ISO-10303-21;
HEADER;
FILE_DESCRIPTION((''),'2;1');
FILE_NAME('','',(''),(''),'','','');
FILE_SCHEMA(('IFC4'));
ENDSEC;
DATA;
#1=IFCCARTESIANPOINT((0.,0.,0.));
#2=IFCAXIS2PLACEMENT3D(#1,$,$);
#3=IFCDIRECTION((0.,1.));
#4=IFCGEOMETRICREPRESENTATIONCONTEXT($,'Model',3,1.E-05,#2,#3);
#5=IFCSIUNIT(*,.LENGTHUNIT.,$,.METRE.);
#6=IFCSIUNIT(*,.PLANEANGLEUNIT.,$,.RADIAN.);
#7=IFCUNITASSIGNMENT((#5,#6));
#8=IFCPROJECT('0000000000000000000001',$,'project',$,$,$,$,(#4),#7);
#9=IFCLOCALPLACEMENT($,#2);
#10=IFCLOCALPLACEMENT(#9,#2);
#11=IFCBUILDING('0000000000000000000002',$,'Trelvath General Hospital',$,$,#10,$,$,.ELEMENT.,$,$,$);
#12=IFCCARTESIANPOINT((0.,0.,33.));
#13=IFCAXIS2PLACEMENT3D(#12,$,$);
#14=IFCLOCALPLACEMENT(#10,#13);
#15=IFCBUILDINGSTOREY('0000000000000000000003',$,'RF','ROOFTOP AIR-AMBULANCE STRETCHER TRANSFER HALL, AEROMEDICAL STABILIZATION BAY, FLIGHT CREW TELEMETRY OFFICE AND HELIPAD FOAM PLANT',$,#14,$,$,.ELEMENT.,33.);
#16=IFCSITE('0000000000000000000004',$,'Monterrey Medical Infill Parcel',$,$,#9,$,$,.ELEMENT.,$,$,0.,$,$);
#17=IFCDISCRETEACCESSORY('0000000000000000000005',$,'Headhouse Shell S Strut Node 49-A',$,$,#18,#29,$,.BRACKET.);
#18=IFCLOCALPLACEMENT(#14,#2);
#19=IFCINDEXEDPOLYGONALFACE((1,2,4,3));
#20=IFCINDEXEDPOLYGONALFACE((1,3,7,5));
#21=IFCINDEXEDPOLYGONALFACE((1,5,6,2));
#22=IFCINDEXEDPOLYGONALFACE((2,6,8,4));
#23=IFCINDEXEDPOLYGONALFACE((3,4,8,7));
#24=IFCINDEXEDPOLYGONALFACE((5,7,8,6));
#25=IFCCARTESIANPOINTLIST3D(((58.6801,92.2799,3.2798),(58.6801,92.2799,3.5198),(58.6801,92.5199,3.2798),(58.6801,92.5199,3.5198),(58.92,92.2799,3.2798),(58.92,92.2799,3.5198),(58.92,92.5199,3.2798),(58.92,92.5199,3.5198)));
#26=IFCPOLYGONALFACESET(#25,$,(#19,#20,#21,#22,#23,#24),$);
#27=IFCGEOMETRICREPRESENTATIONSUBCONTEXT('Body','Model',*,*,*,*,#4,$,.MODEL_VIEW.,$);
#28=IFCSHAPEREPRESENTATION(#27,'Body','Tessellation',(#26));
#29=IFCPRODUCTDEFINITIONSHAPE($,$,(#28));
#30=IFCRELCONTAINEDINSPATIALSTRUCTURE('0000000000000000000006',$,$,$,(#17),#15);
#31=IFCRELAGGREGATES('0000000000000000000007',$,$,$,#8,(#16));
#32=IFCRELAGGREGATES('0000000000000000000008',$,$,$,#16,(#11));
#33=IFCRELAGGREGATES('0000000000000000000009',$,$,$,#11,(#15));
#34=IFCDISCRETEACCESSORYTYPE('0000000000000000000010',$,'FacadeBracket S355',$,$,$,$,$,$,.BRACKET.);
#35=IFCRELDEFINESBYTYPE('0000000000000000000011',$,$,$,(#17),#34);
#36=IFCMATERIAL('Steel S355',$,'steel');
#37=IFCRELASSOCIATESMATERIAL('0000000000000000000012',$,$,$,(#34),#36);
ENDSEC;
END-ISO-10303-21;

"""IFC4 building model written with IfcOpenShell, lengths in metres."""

from ifc_helpers import new_model, si_unit, direction, frame, origin, origin_2d, place, context, subcontext, project, spatial, rectangle, extrude, material, type_object, element, save


model = new_model("IFC4")

# Units and contexts
model_context = context("Model", 3, precision=1e-05, world=origin(), true_north=direction((0.0, 1.0)))
body_context = subcontext(model_context, "Body", "Model", "MODEL_VIEW")
ifc_project = project(units=[si_unit("LENGTHUNIT", "METRE"), si_unit("PLANEANGLEUNIT", "RADIAN")], contexts=[model_context])

# Site, building, storey
site_placement = place(None, origin())
site = spatial("IfcSite", under=ifc_project, at=site_placement, Name="Monterrey Medical Infill Parcel", CompositionType="ELEMENT", RefElevation=0.0)
building_placement = place(site_placement, origin())
building = spatial("IfcBuilding", under=site, at=building_placement, Name="Trelvath General Hospital", CompositionType="ELEMENT")
storey_placement = place(building_placement, frame((0.0, 0.0, 33.0)))
storey = spatial("IfcBuildingStorey", under=building, at=storey_placement, Name="RF", Description="ROOFTOP AIR-AMBULANCE STRETCHER TRANSFER HALL, AEROMEDICAL STABILIZATION BAY, FLIGHT CREW TELEMETRY OFFICE AND HELIPAD FOAM PLANT", CompositionType="ELEMENT", Elevation=33.0)

# Discrete accessory
ifc_material_1 = material(Name="Steel S355", Category="steel")
discrete_accessory_type = type_object("IfcDiscreteAccessoryType", Name="FacadeBracket S355", PredefinedType="BRACKET", material=ifc_material_1)
for number, where, z_axis, x_axis, name in (
    (1, (58.8, 92.3999, 3.2798), (0.0, 0.0, 1.0), (1.0, 0.0, 0.0), "Headhouse Shell S Strut Node 49-A"),
):
    element("IfcDiscreteAccessory", number, at=place(storey_placement, frame(where, z_axis=z_axis, x_axis=x_axis)), inside=storey, type_object=discrete_accessory_type, Name=name, PredefinedType="BRACKET", context=body_context, shape_type="SweptSolid", body=[
        extrude(rectangle(XDim=0.24, YDim=0.24, at=origin_2d()), origin(), (0.0, 0.0, 1.0), 0.24),
    ])

save(model, "model.ifc")
